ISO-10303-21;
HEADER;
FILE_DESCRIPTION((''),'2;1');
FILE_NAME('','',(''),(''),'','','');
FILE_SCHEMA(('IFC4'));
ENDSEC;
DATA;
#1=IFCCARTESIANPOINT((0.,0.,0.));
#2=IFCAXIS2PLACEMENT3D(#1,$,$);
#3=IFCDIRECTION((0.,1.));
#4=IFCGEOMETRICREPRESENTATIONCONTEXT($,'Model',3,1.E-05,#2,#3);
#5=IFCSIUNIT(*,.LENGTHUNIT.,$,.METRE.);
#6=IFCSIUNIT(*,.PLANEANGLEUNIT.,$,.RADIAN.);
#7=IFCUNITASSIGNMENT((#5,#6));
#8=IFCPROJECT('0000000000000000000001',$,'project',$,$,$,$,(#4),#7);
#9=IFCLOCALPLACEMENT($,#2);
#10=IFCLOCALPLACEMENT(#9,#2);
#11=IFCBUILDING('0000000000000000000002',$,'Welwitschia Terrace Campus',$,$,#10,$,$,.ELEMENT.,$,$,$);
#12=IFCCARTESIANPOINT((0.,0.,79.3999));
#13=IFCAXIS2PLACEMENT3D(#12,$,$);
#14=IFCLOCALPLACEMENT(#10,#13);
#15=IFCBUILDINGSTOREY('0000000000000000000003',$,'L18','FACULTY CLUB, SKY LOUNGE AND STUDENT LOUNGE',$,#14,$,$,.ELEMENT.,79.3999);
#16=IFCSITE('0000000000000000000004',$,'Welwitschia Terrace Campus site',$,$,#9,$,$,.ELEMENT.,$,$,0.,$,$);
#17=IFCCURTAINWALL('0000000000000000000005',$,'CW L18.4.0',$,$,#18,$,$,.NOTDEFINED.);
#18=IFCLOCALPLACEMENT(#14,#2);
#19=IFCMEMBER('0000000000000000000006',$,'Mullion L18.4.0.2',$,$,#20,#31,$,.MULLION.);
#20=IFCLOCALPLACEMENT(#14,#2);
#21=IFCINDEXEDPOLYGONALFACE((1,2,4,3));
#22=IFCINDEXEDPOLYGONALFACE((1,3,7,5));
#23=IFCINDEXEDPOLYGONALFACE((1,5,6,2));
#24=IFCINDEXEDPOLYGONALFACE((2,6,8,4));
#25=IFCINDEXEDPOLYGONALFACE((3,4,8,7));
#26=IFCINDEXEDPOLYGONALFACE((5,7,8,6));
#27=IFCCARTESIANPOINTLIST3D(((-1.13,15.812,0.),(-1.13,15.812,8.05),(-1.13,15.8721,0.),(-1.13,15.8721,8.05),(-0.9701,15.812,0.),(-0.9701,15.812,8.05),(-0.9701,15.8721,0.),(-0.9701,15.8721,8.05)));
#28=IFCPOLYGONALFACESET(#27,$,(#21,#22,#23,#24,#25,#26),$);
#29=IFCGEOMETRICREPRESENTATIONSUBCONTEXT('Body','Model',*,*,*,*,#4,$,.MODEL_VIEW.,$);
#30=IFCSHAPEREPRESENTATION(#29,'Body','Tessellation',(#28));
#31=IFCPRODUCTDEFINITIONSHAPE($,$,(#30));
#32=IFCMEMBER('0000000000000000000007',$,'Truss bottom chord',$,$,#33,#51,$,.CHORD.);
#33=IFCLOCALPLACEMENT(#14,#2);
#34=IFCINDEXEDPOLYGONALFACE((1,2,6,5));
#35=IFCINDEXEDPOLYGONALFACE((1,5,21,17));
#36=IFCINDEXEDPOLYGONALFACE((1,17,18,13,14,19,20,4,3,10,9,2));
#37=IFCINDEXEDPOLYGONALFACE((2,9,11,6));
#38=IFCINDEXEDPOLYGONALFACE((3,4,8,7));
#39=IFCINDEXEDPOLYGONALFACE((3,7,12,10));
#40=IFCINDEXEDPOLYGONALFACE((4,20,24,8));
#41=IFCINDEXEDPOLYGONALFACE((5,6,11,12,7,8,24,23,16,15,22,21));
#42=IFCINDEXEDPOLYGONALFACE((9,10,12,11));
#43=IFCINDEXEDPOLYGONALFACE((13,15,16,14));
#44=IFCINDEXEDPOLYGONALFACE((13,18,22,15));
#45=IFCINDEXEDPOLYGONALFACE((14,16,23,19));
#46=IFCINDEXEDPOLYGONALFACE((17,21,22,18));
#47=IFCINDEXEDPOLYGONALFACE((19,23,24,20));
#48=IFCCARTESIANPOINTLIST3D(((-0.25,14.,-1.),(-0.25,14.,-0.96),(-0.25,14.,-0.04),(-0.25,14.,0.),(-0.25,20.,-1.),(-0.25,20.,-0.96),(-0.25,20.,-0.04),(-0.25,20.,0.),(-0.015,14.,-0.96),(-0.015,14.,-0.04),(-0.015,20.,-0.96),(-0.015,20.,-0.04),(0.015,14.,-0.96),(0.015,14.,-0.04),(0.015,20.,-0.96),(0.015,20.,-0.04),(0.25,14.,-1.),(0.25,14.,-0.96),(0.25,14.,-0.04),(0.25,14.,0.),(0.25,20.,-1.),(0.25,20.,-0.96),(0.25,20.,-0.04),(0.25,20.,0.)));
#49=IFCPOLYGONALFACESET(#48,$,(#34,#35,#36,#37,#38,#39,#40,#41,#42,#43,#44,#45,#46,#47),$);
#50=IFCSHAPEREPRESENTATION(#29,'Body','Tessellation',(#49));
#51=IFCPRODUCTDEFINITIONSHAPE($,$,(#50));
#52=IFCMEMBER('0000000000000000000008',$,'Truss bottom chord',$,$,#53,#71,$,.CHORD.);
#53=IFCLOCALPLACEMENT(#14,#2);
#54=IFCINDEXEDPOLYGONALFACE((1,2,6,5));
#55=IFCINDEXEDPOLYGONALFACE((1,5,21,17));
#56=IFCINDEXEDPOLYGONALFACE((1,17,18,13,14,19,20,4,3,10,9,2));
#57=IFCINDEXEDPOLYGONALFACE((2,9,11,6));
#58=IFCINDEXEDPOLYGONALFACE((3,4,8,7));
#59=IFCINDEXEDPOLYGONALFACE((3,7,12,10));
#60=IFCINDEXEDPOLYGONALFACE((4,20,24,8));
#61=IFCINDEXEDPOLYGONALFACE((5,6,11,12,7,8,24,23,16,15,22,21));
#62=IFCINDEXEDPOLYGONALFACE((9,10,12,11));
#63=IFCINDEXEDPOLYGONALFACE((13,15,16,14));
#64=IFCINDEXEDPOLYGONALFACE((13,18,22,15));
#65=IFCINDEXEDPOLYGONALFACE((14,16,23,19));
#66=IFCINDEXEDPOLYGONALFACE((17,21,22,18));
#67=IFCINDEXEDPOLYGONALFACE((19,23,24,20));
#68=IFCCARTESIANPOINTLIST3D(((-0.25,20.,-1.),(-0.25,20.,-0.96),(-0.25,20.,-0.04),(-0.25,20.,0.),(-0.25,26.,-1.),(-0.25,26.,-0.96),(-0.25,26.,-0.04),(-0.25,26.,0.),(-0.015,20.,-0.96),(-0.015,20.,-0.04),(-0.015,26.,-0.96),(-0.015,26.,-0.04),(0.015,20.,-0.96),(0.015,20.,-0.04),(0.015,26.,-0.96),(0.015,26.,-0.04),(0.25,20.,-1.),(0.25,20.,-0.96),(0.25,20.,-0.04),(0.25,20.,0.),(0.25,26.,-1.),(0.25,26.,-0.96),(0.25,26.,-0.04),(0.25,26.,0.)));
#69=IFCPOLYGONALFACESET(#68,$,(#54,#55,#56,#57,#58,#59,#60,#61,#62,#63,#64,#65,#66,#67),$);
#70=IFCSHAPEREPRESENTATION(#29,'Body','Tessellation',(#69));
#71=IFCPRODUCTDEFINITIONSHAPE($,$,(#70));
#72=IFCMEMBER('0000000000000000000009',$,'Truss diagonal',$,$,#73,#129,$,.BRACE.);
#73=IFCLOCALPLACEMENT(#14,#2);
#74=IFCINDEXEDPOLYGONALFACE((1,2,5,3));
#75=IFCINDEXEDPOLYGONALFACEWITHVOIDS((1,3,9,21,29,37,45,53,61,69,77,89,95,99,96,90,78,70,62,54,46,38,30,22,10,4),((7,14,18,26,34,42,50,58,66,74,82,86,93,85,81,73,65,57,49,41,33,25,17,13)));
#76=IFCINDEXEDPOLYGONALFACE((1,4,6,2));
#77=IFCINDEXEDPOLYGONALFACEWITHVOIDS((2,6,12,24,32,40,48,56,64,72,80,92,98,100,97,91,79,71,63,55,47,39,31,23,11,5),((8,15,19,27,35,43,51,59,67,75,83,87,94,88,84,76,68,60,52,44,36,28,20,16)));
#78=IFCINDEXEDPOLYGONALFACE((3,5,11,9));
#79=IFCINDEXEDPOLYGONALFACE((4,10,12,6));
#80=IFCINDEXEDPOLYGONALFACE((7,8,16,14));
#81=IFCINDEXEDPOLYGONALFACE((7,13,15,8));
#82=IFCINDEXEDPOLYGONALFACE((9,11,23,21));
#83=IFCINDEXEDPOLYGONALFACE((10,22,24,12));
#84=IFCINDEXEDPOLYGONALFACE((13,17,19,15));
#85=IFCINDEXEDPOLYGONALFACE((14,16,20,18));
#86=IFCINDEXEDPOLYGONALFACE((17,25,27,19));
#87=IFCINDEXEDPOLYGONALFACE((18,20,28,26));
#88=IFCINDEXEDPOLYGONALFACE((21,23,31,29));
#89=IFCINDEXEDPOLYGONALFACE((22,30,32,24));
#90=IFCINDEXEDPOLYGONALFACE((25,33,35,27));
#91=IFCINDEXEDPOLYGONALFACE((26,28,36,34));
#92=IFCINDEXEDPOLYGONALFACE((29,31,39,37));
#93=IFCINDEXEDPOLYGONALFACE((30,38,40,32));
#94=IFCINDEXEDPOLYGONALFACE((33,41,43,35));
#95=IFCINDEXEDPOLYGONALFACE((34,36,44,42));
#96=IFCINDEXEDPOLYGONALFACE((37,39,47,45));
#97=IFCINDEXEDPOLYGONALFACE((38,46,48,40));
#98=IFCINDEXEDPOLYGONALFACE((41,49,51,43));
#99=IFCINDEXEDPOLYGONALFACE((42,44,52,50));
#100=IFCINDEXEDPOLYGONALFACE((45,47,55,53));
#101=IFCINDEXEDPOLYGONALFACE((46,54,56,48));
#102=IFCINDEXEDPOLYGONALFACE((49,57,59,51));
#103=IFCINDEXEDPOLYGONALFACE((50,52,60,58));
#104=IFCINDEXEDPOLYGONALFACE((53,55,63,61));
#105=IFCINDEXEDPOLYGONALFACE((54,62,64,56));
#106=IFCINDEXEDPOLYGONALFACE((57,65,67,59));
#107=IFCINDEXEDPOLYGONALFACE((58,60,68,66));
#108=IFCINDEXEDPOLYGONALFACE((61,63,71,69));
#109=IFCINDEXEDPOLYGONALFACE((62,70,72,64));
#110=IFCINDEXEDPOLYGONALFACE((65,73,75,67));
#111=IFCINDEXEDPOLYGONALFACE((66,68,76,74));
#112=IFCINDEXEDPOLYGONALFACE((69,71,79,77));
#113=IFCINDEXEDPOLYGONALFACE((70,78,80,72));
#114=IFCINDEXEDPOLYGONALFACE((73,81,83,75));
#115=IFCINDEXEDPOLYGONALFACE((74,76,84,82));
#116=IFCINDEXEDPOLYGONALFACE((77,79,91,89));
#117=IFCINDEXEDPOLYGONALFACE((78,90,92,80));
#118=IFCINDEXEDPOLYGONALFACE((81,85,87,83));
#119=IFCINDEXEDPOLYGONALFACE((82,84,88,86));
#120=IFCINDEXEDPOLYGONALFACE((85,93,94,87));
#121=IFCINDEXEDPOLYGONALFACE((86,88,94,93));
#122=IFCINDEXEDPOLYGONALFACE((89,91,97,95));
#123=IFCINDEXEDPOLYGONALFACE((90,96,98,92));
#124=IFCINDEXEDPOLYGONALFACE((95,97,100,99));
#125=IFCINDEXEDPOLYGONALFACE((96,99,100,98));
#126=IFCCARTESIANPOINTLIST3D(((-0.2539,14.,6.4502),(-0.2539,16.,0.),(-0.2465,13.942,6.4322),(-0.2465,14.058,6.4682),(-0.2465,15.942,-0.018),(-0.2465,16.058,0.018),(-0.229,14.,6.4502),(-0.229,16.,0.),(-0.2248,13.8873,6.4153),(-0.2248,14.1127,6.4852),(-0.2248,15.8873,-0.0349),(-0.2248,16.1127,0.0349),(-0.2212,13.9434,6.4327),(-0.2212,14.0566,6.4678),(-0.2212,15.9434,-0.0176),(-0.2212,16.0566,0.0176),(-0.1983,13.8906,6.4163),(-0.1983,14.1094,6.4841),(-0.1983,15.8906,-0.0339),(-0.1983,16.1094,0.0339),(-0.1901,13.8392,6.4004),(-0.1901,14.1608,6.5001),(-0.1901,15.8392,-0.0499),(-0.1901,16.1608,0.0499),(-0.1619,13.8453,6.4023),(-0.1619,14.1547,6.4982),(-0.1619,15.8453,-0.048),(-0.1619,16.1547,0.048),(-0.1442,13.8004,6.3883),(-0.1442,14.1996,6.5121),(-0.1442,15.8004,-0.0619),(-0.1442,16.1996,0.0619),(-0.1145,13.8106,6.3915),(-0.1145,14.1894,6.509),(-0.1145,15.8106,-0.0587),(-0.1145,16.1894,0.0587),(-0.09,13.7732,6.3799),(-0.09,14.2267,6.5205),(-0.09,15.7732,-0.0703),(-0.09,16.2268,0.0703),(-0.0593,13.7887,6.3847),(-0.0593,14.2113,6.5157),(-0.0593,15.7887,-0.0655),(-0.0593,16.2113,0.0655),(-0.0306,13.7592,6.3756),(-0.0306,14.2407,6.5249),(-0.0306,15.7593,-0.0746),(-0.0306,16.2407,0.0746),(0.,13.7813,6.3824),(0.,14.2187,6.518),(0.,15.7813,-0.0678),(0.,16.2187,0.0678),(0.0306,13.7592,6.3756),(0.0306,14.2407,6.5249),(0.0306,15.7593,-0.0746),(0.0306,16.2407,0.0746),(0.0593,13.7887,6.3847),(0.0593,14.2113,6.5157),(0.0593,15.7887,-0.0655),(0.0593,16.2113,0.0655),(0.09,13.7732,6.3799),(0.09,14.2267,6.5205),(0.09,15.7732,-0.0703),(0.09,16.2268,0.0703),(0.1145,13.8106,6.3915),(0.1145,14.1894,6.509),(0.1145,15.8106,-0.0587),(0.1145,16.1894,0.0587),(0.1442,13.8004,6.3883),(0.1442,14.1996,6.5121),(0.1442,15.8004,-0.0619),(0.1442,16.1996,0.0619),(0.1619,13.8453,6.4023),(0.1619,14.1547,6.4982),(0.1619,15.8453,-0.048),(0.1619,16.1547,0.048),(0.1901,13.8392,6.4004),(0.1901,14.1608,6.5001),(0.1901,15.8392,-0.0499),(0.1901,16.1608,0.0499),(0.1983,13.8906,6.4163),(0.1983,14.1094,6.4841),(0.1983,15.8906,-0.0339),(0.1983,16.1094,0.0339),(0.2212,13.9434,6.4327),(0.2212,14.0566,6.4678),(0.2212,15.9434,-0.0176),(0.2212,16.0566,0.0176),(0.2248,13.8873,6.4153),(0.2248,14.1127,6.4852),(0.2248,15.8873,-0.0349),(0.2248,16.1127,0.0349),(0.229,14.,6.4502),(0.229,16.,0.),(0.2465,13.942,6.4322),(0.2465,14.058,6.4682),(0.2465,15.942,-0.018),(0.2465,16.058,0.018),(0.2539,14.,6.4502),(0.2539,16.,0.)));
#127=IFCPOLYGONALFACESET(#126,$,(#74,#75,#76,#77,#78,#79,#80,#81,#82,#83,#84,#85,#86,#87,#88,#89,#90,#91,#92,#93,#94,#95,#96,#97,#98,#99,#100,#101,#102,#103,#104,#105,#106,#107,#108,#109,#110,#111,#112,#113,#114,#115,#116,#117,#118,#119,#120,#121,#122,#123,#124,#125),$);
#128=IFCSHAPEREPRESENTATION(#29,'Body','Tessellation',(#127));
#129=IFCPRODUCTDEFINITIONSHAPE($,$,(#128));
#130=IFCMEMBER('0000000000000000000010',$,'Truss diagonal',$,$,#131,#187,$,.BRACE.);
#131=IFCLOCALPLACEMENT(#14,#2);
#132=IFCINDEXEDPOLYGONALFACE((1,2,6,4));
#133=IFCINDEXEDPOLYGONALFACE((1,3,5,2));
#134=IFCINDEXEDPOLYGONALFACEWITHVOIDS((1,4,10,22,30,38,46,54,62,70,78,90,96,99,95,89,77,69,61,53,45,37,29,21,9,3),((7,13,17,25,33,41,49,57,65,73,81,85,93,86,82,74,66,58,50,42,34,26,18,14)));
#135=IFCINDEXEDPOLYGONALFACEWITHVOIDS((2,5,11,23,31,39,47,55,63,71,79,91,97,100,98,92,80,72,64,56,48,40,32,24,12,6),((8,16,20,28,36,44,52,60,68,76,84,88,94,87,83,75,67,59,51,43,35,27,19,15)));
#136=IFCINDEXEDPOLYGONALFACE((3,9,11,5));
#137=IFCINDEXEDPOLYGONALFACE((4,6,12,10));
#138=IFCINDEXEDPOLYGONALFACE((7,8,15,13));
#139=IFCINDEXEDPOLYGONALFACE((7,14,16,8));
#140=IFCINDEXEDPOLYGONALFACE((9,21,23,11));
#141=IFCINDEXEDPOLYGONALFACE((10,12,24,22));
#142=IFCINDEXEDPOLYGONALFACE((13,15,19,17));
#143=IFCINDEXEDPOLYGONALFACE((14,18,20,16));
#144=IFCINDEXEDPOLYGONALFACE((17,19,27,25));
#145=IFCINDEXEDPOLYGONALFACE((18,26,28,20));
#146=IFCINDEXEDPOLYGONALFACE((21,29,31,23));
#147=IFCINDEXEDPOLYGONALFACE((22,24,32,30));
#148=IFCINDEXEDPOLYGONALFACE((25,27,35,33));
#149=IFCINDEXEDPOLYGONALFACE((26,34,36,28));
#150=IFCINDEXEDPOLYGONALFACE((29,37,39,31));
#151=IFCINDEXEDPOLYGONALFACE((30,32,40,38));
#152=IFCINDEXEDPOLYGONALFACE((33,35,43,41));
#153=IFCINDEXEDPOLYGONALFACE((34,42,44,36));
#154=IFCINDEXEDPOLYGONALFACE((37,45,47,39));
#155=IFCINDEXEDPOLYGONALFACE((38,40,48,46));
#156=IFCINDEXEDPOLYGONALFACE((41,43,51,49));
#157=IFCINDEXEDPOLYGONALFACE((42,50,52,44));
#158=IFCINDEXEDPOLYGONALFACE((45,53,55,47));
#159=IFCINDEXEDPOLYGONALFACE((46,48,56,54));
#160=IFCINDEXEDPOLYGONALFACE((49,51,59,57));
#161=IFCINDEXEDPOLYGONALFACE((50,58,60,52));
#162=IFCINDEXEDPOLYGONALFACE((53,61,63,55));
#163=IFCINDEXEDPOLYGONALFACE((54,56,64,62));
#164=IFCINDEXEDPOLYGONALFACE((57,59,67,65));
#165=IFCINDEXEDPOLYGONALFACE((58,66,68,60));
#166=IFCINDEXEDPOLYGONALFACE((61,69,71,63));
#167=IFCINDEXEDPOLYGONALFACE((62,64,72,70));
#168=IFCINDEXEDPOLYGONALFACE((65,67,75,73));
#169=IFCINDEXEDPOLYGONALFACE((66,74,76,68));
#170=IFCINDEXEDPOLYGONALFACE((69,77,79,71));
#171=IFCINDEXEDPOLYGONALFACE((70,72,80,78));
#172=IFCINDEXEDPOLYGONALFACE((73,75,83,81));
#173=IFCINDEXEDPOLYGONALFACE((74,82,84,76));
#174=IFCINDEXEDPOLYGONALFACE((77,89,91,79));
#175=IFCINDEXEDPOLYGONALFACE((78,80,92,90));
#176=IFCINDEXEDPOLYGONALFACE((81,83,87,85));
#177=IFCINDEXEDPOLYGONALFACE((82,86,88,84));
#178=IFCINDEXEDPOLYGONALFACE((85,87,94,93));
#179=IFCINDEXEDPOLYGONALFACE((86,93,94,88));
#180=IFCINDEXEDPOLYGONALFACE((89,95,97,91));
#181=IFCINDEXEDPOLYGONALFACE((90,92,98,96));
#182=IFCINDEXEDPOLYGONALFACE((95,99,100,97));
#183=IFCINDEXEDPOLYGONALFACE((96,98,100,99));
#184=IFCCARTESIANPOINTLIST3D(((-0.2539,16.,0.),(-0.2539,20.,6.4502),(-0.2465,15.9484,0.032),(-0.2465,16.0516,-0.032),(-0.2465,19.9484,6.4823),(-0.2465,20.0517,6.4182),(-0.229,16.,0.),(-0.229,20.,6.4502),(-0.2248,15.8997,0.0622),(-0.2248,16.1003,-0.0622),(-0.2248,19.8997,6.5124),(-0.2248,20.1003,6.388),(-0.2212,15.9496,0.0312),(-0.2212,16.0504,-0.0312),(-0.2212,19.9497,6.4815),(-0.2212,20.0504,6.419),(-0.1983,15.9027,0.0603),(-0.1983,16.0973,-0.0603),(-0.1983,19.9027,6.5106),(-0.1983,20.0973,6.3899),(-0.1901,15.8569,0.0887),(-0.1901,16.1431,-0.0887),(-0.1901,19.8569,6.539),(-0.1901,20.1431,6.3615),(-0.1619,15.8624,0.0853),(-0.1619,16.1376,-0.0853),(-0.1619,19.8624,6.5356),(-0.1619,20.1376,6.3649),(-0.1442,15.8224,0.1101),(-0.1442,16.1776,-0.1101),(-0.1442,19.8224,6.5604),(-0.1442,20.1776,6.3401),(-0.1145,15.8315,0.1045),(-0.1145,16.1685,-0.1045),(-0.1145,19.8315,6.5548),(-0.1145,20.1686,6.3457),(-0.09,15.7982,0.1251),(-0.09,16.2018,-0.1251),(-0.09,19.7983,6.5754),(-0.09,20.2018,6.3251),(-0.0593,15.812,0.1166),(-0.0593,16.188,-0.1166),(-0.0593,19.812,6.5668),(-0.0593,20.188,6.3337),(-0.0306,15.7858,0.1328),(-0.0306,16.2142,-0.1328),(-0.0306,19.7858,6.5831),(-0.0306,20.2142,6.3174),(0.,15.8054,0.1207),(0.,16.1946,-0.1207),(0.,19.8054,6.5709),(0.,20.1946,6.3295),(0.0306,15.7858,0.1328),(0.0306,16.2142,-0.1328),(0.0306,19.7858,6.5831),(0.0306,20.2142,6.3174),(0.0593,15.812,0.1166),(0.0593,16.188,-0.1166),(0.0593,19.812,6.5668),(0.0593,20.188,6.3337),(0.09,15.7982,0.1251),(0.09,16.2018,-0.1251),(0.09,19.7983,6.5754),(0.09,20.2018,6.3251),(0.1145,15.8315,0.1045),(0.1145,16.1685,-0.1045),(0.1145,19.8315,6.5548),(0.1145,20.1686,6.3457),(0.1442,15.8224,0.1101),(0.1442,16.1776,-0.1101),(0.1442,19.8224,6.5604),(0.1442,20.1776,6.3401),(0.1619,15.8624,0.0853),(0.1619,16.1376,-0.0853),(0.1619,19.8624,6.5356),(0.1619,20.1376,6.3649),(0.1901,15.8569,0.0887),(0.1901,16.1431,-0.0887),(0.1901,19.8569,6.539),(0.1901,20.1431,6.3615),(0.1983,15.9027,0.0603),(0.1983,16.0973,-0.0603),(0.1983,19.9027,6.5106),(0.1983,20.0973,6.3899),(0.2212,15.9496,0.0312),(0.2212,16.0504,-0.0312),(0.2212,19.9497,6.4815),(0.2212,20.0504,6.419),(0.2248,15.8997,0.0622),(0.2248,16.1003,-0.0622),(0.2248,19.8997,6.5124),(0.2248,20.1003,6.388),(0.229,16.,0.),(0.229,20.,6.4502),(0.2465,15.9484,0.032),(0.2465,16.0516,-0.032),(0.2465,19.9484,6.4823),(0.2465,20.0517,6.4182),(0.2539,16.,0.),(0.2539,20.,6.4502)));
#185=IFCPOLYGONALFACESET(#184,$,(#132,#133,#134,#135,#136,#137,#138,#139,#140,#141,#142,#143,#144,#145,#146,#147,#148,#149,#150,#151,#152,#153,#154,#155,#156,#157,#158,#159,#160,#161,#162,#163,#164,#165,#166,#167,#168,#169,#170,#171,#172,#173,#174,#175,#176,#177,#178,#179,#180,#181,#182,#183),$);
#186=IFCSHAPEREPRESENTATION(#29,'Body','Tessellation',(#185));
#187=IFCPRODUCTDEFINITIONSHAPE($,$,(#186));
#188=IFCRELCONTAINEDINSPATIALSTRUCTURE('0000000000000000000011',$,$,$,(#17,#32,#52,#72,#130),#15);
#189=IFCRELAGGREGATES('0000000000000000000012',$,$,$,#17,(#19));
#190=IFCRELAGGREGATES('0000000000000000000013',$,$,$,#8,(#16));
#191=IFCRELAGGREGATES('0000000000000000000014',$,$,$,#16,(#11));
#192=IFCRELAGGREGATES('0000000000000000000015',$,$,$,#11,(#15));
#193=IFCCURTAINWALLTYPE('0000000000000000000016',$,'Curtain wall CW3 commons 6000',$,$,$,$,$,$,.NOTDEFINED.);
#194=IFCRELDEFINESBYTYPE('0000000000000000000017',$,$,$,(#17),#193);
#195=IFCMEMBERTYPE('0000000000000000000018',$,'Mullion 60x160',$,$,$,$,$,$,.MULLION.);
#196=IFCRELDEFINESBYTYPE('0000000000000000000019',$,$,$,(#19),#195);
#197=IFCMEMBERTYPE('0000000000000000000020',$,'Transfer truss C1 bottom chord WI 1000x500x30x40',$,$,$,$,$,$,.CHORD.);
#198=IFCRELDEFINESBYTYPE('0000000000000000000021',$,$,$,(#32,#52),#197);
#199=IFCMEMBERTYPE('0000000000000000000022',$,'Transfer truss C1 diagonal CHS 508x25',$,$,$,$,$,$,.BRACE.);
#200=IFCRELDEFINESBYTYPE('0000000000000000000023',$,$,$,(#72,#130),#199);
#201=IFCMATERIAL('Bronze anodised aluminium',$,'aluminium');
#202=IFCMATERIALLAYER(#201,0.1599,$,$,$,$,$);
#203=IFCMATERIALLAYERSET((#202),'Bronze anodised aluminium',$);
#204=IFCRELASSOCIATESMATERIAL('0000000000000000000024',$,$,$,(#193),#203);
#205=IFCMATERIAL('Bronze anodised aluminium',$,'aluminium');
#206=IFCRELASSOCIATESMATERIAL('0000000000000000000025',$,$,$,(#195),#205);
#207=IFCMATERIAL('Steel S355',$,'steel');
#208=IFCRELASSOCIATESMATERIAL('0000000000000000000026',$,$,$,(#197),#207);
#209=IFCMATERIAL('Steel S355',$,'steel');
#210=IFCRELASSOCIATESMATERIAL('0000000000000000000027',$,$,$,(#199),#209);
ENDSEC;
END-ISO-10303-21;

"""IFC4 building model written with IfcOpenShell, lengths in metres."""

from ifc_helpers import new_model, si_unit, direction, frame, origin, origin_2d, place, context, subcontext, project, spatial, rectangle, hollow_circle, i_section, extrude, material, layer, layer_set, material_profile, profile_set, type_object, element, aggregate, save


model = new_model("IFC4")

# Units and contexts
model_context = context("Model", 3, precision=1e-05, world=origin(), true_north=direction((0.0, 1.0)))
body_context = subcontext(model_context, "Body", "Model", "MODEL_VIEW")
ifc_project = project(units=[si_unit("LENGTHUNIT", "METRE"), si_unit("PLANEANGLEUNIT", "RADIAN")], contexts=[model_context])

# Site, building, storey
site_placement = place(None, origin())
site = spatial("IfcSite", under=ifc_project, at=site_placement, Name="Welwitschia Terrace Campus site", CompositionType="ELEMENT", RefElevation=0.0)
building_placement = place(site_placement, origin())
building = spatial("IfcBuilding", under=site, at=building_placement, Name="Welwitschia Terrace Campus", CompositionType="ELEMENT")
storey_placement = place(building_placement, frame((0.0, 0.0, 79.3999)))
storey = spatial("IfcBuildingStorey", under=building, at=storey_placement, Name="L18", Description="FACULTY CLUB, SKY LOUNGE AND STUDENT LOUNGE", CompositionType="ELEMENT", Elevation=79.3999)

# Curtain wall, member
ifc_material_1 = material(Name="Bronze anodised aluminium", Category="aluminium")
ifc_layer_1 = layer(ifc_material_1, 0.1599)
ifc_layer_set_1 = layer_set([ifc_layer_1], Name="Bronze anodised aluminium")
curtain_wall_type = type_object("IfcCurtainWallType", Name="Curtain wall CW3 commons 6000", PredefinedType="NOTDEFINED", material=ifc_layer_set_1)
curtain_wall_placement = place(storey_placement, origin())
curtain_wall = element("IfcCurtainWall", 1, at=curtain_wall_placement, inside=storey, type_object=curtain_wall_type, Name="CW L18.4.0", PredefinedType="NOTDEFINED")
ifc_material_2 = material(Name="Bronze anodised aluminium", Category="aluminium")
ifc_material_profile_1 = material_profile(ifc_material_2, rectangle(XDim=0.1599, YDim=0.0601, at=origin_2d()))
ifc_profile_set_1 = profile_set([ifc_material_profile_1], Name="Bronze anodised aluminium")
member_type_1 = type_object("IfcMemberType", Name="Mullion 60x160", PredefinedType="MULLION", material=ifc_profile_set_1)
member_1_placement = place(storey_placement, frame((-1.05, 15.842, 0.0), z_axis=(0.0, 0.0, 1.0), x_axis=(1.0, 0.0, 0.0)))
member_1 = element("IfcMember", 2, at=member_1_placement, type_object=member_type_1, Name="Mullion L18.4.0.2", PredefinedType="MULLION", context=body_context, shape_type="SweptSolid", body=[
    extrude(rectangle(XDim=0.1599, YDim=0.0601, at=origin_2d()), origin(), (0.0, 0.0, 1.0), 8.05),
])

# Members
ifc_material_3 = material(Name="Steel S355", Category="steel")
ifc_material_profile_2 = material_profile(ifc_material_3, i_section(OverallWidth=0.5, OverallDepth=1.0, WebThickness=0.03, FlangeThickness=0.04, at=origin_2d()))
ifc_profile_set_2 = profile_set([ifc_material_profile_2], Name="Steel S355")
member_type_2 = type_object("IfcMemberType", Name="Transfer truss C1 bottom chord WI 1000x500x30x40", PredefinedType="CHORD", material=ifc_profile_set_2)
for number, where, z_axis, x_axis, name in (
    (3, (0.0, 14.0, -0.5), (0.0, 1.0, 0.0), (-1.0, 0.0, 0.0), "Truss bottom chord"),
    (4, (0.0, 20.0, -0.5), (0.0, 1.0, 0.0), (-1.0, 0.0, 0.0), "Truss bottom chord"),
):
    element("IfcMember", number, at=place(storey_placement, frame(where, z_axis=z_axis, x_axis=x_axis)), inside=storey, type_object=member_type_2, Name=name, PredefinedType="CHORD", context=body_context, shape_type="SweptSolid", body=[
        extrude(i_section(OverallWidth=0.5, OverallDepth=1.0, WebThickness=0.03, FlangeThickness=0.04, at=origin_2d()), origin(), (0.0, 0.0, 1.0), 6.0),
    ])
ifc_material_4 = material(Name="Steel S355", Category="steel")
ifc_material_profile_3 = material_profile(ifc_material_4, hollow_circle(Radius=0.2539, WallThickness=0.0249, at=origin_2d()))
ifc_profile_set_3 = profile_set([ifc_material_profile_3], Name="Steel S355")
member_type_3 = type_object("IfcMemberType", Name="Transfer truss C1 diagonal CHS 508x25", PredefinedType="BRACE", material=ifc_profile_set_3)
member_2_placement = place(storey_placement, frame((0.0, 16.0, 0.0), z_axis=(0.0, -0.296158, 0.955139), x_axis=(1.0, 0.0, 0.0)))
element("IfcMember", 5, at=member_2_placement, inside=storey, type_object=member_type_3, Name="Truss diagonal", PredefinedType="BRACE", context=body_context, shape_type="SweptSolid", body=[
    extrude(hollow_circle(Radius=0.2539, WallThickness=0.0249, at=origin_2d()), origin(), (0.0, 0.0, 1.0), 6.7532),
])
member_3_placement = place(storey_placement, frame((0.0, 16.0, 0.0), z_axis=(0.0, 0.527023, 0.849851), x_axis=(-1.0, 0.0, 0.0)))
element("IfcMember", 6, at=member_3_placement, inside=storey, type_object=member_type_3, Name="Truss diagonal", PredefinedType="BRACE", context=body_context, shape_type="SweptSolid", body=[
    extrude(hollow_circle(Radius=0.2539, WallThickness=0.0249, at=origin_2d()), origin(), (0.0, 0.0, 1.0), 7.5898),
])

aggregate(curtain_wall, [member_1])

save(model, "model.ifc")
